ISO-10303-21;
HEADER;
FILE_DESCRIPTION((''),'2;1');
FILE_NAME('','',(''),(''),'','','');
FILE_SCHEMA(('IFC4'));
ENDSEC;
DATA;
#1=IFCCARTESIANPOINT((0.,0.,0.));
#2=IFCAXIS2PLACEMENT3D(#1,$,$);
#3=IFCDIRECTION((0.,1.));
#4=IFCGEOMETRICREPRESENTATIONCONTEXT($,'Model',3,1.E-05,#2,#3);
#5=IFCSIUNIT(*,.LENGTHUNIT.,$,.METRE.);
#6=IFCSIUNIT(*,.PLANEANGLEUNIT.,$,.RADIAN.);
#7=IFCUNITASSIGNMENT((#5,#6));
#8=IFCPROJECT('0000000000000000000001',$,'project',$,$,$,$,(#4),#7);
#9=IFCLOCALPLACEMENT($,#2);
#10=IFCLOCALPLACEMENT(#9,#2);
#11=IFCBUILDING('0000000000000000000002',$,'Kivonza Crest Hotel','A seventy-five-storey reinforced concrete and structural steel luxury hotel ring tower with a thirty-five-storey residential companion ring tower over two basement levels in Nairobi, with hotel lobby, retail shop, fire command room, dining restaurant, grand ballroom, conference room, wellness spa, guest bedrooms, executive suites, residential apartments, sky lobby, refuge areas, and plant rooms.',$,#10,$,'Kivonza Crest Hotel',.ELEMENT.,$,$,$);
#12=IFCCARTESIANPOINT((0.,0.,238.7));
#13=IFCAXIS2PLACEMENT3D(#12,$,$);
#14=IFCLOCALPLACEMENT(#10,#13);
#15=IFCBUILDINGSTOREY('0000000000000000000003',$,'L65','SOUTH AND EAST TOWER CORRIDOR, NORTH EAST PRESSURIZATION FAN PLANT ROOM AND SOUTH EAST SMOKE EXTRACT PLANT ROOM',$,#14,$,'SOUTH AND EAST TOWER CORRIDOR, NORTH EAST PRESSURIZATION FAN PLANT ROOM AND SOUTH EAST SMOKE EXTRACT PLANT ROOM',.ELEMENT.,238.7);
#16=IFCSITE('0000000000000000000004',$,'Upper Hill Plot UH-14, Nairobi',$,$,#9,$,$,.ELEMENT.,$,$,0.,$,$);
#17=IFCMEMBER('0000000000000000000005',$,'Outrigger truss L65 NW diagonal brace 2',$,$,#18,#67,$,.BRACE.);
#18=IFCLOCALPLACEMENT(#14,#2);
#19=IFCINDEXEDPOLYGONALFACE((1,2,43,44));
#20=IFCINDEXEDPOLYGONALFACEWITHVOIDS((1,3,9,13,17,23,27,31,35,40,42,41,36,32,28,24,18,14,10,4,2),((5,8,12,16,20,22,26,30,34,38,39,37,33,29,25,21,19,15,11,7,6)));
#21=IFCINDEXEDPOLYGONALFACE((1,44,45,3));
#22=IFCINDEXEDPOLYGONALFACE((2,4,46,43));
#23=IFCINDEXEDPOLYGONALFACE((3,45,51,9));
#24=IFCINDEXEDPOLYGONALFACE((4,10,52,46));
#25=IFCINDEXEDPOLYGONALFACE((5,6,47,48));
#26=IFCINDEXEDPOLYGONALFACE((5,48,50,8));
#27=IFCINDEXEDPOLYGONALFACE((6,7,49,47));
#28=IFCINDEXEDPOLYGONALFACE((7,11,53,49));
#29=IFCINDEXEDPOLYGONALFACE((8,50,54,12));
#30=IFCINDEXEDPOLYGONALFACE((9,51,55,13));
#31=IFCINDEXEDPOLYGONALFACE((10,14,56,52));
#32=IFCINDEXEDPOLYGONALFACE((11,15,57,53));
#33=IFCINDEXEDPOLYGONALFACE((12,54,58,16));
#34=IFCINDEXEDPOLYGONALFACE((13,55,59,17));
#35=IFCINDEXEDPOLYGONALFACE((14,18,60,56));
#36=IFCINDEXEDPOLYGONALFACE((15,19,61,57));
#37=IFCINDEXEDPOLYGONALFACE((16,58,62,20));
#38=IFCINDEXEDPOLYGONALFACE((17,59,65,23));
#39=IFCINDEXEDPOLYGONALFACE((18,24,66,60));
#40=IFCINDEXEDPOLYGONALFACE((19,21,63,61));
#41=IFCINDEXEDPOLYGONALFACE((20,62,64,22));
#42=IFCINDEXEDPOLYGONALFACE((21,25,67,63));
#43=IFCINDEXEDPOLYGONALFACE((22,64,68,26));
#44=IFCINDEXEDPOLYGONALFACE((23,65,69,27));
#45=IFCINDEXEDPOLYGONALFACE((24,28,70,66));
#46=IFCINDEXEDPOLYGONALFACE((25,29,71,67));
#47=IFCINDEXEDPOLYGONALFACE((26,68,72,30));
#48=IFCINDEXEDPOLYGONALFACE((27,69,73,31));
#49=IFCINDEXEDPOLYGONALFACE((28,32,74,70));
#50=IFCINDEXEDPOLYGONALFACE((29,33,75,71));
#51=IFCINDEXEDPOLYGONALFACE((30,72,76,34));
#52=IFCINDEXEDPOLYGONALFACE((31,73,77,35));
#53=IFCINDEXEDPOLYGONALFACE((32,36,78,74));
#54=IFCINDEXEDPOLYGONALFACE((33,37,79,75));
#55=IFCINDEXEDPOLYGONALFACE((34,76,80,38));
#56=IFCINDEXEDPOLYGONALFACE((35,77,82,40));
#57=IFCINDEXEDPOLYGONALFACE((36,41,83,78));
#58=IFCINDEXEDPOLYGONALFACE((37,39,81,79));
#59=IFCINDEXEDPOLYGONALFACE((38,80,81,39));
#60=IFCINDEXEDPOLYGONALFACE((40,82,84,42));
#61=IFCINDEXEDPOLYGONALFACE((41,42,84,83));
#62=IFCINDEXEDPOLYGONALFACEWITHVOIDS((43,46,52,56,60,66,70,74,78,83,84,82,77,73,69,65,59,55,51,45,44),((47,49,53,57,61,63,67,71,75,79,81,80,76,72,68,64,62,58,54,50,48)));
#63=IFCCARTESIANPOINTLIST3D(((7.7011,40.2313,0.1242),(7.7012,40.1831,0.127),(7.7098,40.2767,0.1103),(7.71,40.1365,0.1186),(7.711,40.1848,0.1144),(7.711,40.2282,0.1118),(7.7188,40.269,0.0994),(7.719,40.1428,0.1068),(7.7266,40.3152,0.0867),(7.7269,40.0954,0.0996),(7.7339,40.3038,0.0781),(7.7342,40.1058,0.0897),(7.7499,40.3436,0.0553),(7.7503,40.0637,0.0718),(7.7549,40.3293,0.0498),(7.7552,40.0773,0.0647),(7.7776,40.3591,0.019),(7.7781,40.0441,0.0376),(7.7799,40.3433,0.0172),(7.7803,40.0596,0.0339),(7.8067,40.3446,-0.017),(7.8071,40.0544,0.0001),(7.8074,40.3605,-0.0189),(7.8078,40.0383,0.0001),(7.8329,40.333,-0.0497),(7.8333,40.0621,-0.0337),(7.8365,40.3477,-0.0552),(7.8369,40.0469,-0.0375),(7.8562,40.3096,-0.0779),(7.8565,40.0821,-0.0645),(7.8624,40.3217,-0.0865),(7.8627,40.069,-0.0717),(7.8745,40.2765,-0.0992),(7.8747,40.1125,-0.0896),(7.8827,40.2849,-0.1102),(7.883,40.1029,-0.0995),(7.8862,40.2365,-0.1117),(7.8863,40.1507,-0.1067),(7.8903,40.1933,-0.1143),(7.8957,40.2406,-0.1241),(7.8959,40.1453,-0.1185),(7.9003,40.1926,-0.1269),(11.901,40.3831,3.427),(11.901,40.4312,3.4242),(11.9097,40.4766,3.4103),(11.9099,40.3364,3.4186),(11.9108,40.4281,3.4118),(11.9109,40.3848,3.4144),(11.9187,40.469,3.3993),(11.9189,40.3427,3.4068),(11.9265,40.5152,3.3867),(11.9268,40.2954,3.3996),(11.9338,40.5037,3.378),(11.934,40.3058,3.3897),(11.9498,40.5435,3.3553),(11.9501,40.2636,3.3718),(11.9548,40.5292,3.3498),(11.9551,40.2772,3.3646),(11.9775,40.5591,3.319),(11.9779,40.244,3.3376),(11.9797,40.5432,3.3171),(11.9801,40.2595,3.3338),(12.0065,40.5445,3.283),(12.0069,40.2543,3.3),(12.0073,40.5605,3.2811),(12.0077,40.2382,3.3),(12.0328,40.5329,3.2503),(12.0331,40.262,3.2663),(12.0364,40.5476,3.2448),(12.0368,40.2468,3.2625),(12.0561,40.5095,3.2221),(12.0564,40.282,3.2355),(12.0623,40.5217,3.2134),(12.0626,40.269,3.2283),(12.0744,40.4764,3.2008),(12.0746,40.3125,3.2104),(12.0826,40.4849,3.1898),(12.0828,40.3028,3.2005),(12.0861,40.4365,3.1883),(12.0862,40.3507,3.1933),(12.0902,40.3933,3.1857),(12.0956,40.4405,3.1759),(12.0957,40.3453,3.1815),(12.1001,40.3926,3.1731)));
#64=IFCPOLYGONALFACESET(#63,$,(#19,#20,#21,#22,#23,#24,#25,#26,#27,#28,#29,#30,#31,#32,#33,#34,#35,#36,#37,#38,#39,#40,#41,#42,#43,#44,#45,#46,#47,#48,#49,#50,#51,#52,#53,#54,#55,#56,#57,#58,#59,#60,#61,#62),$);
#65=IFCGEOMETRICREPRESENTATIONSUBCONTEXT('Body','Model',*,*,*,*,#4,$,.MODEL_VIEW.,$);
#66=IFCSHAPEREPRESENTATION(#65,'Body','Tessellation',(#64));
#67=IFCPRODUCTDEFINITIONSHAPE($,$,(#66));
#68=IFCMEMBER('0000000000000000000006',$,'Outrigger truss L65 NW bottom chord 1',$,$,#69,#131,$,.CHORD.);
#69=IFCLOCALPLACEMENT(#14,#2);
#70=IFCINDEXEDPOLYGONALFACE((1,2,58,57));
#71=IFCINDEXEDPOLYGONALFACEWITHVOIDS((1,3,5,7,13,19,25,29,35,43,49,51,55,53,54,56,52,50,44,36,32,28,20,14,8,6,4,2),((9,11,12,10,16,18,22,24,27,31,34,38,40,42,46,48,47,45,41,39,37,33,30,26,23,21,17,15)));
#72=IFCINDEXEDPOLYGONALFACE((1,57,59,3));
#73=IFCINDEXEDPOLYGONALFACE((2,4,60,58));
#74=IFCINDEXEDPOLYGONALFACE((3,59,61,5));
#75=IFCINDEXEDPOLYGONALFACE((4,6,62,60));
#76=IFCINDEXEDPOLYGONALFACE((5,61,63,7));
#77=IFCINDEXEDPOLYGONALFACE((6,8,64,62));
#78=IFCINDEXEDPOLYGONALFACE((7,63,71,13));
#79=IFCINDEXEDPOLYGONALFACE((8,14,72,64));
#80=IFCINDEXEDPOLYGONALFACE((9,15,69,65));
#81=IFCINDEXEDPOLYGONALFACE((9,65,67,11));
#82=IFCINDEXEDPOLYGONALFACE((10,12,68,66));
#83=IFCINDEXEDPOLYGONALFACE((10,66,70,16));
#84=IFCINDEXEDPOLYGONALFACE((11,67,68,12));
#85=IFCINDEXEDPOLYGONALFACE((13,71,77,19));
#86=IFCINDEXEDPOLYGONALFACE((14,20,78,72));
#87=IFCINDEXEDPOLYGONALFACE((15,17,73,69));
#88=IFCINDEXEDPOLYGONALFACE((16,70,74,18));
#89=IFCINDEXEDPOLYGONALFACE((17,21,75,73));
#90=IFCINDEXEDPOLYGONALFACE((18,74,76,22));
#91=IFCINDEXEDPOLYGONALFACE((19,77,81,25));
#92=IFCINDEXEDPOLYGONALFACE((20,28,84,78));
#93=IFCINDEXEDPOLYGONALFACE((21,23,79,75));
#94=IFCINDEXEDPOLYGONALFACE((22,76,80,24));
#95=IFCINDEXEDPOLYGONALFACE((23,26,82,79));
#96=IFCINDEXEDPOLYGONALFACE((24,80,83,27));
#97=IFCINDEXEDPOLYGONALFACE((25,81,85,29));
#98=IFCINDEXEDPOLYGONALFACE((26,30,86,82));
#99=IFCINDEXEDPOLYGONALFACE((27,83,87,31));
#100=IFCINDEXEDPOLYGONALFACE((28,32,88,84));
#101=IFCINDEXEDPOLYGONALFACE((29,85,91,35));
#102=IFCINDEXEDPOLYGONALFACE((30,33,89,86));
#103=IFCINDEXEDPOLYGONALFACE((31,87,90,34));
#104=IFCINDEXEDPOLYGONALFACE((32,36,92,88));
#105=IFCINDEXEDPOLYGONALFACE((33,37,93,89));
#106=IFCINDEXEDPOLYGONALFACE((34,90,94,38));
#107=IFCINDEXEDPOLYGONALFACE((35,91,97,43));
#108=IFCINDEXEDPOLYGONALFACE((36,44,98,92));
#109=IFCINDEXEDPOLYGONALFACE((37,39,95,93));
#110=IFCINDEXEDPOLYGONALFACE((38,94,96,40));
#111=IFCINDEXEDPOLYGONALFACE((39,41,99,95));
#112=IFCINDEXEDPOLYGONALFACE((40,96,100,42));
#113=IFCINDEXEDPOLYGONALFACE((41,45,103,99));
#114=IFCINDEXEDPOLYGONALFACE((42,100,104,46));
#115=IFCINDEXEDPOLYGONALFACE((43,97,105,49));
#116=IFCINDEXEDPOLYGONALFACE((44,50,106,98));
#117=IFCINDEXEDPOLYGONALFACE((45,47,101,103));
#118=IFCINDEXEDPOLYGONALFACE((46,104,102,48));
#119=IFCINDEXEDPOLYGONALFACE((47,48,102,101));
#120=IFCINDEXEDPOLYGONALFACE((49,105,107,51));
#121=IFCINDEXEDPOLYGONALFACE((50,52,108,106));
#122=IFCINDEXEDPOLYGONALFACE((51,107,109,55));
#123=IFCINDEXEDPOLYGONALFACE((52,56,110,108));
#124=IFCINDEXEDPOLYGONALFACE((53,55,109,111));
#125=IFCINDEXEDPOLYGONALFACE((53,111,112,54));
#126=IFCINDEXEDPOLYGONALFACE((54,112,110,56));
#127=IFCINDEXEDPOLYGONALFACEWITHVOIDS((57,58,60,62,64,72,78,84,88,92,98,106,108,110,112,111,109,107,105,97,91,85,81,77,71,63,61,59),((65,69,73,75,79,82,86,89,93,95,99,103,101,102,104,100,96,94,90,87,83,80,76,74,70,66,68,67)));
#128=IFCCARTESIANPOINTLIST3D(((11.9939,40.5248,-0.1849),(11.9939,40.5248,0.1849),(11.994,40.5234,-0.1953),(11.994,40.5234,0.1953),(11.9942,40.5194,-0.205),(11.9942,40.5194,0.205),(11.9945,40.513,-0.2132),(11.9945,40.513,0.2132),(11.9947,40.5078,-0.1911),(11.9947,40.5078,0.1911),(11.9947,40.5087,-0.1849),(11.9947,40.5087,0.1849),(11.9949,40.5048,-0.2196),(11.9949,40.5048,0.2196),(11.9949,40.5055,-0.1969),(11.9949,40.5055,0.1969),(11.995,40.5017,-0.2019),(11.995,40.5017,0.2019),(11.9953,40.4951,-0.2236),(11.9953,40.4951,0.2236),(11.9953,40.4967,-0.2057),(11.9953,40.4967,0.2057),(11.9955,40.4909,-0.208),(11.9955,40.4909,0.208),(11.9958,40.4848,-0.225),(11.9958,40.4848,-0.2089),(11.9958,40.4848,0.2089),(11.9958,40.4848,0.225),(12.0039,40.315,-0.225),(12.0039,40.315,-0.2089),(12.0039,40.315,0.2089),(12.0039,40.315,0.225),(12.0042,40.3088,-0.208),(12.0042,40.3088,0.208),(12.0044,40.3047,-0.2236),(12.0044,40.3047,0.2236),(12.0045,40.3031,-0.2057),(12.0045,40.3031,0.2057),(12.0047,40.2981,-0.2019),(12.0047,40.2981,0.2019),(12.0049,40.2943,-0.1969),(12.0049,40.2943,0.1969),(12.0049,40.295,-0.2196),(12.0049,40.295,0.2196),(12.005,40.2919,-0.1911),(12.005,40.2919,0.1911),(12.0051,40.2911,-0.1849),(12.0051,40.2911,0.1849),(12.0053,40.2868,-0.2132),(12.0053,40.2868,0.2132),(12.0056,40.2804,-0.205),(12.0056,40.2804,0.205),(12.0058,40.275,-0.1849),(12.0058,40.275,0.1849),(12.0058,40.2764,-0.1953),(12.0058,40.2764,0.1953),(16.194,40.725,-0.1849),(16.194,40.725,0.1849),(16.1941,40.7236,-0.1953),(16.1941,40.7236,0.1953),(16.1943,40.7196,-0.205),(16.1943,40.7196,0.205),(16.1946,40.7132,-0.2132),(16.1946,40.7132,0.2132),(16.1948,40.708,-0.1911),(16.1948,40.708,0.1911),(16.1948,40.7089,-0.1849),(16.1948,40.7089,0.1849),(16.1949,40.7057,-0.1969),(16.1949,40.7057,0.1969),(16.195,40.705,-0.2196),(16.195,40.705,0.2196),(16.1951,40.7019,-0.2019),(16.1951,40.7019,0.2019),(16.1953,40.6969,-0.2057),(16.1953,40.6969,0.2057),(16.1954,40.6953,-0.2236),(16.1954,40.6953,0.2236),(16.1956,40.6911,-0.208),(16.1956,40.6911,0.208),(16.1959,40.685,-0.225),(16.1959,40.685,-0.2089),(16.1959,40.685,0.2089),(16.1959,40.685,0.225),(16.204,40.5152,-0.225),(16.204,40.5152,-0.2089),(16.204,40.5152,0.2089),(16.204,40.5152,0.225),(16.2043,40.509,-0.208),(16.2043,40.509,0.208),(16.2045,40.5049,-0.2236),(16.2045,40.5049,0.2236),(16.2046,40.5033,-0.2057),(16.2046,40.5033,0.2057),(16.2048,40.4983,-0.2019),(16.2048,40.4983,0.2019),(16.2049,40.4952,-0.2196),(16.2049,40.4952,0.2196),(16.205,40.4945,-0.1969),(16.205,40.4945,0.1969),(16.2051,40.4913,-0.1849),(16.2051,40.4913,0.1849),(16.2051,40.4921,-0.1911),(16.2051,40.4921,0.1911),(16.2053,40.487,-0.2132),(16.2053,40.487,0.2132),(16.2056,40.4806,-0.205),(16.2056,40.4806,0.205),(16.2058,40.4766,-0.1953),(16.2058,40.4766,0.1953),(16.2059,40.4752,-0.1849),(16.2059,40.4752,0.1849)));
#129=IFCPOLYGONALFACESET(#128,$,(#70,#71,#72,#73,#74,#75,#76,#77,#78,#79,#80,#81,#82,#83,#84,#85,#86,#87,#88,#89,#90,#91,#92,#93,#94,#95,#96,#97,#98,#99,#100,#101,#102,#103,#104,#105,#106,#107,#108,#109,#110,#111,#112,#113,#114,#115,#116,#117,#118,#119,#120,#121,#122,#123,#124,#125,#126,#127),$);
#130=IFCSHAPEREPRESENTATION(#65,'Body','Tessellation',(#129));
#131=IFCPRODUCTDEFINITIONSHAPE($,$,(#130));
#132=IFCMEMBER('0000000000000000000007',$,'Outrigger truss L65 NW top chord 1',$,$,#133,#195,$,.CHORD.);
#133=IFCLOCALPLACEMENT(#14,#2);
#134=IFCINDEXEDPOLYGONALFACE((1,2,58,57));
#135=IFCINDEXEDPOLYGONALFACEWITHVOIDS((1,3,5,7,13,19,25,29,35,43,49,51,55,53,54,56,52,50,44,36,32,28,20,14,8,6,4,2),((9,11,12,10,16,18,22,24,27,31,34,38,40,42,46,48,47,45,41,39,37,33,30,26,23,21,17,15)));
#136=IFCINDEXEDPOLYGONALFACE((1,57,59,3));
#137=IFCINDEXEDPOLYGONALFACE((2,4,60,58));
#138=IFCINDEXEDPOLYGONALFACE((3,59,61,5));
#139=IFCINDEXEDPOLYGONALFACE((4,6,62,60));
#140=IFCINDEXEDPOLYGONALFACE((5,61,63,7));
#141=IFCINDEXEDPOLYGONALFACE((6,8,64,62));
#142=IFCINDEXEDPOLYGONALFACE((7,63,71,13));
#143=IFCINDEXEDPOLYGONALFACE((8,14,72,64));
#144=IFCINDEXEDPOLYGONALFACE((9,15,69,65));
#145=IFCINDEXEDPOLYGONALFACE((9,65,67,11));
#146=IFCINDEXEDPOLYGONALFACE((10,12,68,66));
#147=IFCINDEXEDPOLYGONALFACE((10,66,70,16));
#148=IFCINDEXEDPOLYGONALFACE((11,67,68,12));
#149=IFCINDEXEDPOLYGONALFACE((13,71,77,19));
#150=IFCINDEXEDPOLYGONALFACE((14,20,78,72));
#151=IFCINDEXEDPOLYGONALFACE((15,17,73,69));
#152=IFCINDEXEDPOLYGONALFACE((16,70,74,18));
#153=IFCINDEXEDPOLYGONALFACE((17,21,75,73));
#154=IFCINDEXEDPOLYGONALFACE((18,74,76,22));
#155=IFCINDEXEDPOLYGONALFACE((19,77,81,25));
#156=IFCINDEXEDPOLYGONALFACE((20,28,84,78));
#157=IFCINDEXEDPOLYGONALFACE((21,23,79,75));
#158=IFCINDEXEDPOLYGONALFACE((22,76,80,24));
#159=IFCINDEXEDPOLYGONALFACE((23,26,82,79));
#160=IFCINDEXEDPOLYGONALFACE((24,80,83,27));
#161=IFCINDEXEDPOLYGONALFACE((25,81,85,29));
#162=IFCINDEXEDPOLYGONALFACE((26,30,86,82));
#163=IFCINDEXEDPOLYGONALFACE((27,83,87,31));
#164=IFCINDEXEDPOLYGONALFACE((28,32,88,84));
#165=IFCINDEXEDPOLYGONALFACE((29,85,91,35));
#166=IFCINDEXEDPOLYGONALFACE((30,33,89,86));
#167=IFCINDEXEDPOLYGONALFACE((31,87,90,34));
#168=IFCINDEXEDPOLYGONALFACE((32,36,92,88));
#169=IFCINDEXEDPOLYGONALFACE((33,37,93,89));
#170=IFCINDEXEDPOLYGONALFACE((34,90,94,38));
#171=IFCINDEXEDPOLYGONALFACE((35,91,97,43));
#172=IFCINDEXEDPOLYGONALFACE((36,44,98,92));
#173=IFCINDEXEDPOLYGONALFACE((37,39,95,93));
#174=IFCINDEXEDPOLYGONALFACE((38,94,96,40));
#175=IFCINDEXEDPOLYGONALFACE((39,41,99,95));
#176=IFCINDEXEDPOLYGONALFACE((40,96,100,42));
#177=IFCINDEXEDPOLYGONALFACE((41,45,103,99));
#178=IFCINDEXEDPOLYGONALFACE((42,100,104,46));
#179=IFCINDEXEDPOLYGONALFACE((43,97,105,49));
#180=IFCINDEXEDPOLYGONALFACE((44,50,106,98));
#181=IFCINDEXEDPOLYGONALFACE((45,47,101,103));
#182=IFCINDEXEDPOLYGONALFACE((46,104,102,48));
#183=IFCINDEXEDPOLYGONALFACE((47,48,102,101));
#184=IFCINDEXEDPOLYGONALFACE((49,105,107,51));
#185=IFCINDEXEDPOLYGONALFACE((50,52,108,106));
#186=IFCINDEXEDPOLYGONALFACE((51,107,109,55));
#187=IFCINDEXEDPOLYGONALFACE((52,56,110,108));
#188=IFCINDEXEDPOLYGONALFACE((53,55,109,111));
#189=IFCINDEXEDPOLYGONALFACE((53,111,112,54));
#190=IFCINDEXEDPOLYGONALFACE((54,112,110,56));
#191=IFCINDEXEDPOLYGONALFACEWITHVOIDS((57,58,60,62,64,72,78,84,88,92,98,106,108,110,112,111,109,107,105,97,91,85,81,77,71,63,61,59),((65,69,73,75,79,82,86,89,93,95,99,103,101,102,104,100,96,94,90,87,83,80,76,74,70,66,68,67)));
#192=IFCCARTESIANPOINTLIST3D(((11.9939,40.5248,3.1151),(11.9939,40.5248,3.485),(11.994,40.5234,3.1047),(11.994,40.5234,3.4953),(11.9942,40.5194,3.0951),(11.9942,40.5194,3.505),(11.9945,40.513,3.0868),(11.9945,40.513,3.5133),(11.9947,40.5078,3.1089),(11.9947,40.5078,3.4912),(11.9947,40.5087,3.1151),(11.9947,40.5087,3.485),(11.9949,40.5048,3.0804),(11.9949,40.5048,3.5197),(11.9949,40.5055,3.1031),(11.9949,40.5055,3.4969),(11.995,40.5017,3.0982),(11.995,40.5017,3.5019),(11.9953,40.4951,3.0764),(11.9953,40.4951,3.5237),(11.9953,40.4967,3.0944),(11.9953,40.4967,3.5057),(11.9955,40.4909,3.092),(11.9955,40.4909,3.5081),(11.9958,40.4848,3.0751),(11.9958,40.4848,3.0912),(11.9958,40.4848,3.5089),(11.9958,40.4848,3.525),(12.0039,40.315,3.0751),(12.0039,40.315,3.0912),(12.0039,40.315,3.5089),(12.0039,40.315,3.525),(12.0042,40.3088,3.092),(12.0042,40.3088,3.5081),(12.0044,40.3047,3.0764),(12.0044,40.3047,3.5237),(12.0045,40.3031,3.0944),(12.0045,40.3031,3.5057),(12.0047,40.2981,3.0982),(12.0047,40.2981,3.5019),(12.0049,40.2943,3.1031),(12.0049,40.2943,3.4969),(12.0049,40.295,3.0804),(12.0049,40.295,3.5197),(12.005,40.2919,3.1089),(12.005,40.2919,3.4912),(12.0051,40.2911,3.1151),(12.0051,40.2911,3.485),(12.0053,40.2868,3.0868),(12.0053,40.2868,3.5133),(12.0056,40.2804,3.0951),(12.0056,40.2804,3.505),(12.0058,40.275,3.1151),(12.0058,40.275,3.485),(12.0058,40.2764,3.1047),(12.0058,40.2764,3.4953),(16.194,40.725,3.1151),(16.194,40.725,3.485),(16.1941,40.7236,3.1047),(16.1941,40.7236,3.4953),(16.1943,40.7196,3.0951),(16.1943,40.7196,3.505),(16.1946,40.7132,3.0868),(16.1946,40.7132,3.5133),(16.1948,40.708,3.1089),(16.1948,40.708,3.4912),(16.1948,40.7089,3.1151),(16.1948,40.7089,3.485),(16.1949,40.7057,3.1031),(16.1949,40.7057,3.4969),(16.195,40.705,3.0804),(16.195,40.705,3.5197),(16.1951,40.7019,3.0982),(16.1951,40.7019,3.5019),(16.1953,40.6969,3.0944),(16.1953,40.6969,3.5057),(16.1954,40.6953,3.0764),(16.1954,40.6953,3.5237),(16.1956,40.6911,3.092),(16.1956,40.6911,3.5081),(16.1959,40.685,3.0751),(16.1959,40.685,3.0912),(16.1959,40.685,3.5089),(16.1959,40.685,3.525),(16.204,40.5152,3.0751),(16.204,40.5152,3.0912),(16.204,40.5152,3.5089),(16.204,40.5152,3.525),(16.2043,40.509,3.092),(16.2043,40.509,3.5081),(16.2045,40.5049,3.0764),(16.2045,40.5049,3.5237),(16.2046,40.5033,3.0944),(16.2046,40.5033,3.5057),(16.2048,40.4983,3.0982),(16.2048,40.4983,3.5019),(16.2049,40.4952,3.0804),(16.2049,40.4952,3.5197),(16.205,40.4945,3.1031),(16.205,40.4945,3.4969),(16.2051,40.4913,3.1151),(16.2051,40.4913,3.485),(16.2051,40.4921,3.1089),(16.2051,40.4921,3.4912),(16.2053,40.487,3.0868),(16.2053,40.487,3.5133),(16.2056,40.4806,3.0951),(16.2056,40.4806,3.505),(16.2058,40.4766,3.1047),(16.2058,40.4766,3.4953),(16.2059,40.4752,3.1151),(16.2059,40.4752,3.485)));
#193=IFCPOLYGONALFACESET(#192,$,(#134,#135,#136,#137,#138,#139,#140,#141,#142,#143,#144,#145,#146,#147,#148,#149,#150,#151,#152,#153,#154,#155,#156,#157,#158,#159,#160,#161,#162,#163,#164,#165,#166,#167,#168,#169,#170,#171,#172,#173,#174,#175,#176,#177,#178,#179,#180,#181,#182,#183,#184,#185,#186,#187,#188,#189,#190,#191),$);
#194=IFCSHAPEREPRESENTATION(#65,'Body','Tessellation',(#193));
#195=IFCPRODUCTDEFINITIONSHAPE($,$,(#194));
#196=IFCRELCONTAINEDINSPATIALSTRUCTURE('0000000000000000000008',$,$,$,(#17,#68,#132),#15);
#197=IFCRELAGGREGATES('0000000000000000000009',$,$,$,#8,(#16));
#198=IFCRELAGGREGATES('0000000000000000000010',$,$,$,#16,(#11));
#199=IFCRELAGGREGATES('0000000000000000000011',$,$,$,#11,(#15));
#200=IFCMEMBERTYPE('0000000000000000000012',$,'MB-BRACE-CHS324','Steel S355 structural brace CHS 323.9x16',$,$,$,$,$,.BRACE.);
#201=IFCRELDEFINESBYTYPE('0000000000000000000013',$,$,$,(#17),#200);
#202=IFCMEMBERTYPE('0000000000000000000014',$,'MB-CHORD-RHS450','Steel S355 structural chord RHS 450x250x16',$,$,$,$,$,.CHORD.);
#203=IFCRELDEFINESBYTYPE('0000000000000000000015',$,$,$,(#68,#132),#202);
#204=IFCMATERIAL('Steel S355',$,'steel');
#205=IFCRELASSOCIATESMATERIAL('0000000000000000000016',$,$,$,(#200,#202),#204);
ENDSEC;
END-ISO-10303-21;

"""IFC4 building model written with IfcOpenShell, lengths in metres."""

from ifc_helpers import new_model, si_unit, direction, frame, origin, origin_2d, place, context, subcontext, project, spatial, hollow_rectangle, hollow_circle, extrude, material, material_profile, profile_set, type_object, element, save


model = new_model("IFC4")

# Units and contexts
model_context = context("Model", 3, precision=1e-05, world=origin(), true_north=direction((0.0, 1.0)))
body_context = subcontext(model_context, "Body", "Model", "MODEL_VIEW")
ifc_project = project(units=[si_unit("LENGTHUNIT", "METRE"), si_unit("PLANEANGLEUNIT", "RADIAN")], contexts=[model_context])

# Site, building, storey
site_placement = place(None, origin())
site = spatial("IfcSite", under=ifc_project, at=site_placement, Name="Upper Hill Plot UH-14, Nairobi", CompositionType="ELEMENT", RefElevation=0.0)
building_placement = place(site_placement, origin())
building = spatial("IfcBuilding", under=site, at=building_placement, Name="Kivonza Crest Hotel", Description="A seventy-five-storey reinforced concrete and structural steel luxury hotel ring tower with a thirty-five-storey residential companion ring tower over two basement levels in Nairobi, with hotel lobby, retail shop, fire command room, dining restaurant, grand ballroom, conference room, wellness spa, guest bedrooms, executive suites, residential apartments, sky lobby, refuge areas, and plant rooms.", LongName="Kivonza Crest Hotel", CompositionType="ELEMENT")
storey_placement = place(building_placement, frame((0.0, 0.0, 238.7)))
storey = spatial("IfcBuildingStorey", under=building, at=storey_placement, Name="L65", Description="SOUTH AND EAST TOWER CORRIDOR, NORTH EAST PRESSURIZATION FAN PLANT ROOM AND SOUTH EAST SMOKE EXTRACT PLANT ROOM", LongName="SOUTH AND EAST TOWER CORRIDOR, NORTH EAST PRESSURIZATION FAN PLANT ROOM AND SOUTH EAST SMOKE EXTRACT PLANT ROOM", CompositionType="ELEMENT", Elevation=238.7)

# Shared definitions
ifc_material_1 = material(Name="Steel S355", Category="steel")

# Members
ifc_material_profile_1 = material_profile(ifc_material_1, hollow_circle(Radius=0.1619, WallThickness=0.0161, at=origin_2d()), Name="CHS 323.9x16")
ifc_profile_set_1 = profile_set([ifc_material_profile_1], Name="Steel S355")
member_type_1 = type_object("IfcMemberType", Name="MB-BRACE-CHS324", Description="Steel S355 structural brace CHS 323.9x16", PredefinedType="BRACE", material=ifc_profile_set_1)
for number, where, z_axis, x_axis, name in (
    (1, (12.0, 40.3999, 3.3), (-0.78576, -0.037408, -0.617399), (0.047554, -0.998869, 0.0), "Outrigger truss L65 NW diagonal brace 2"),
):
    element("IfcMember", number, at=place(storey_placement, frame(where, z_axis=z_axis, x_axis=x_axis)), inside=storey, type_object=member_type_1, Name=name, PredefinedType="BRACE", context=body_context, shape_type="SweptSolid", body=[
        extrude(hollow_circle(Radius=0.1619, WallThickness=0.0161, at=origin_2d()), origin(), (0.0, 0.0, 1.0), 5.345),
    ])
ifc_material_profile_2 = material_profile(ifc_material_1, hollow_rectangle(XDim=0.25, YDim=0.45, WallThickness=0.0161, InnerFilletRadius=0.0239, OuterFilletRadius=0.04, at=origin_2d()), Name="RHS 450x250x16")
ifc_profile_set_2 = profile_set([ifc_material_profile_2], Name="Steel S355")
member_type_2 = type_object("IfcMemberType", Name="MB-CHORD-RHS450", Description="Steel S355 structural chord RHS 450x250x16", PredefinedType="CHORD", material=ifc_profile_set_2)
for number, where, z_axis, x_axis, name in (
    (2, (16.2, 40.6001, 0.0), (-0.998866, -0.047612, 0.0), (0.047612, -0.998866, 0.0), "Outrigger truss L65 NW bottom chord 1"),
    (3, (16.2, 40.6001, 3.3), (-0.998866, -0.047612, 0.0), (0.047612, -0.998866, 0.0), "Outrigger truss L65 NW top chord 1"),
):
    element("IfcMember", number, at=place(storey_placement, frame(where, z_axis=z_axis, x_axis=x_axis)), inside=storey, type_object=member_type_2, Name=name, PredefinedType="CHORD", context=body_context, shape_type="SweptSolid", body=[
        extrude(hollow_rectangle(XDim=0.25, YDim=0.45, WallThickness=0.0161, InnerFilletRadius=0.0239, OuterFilletRadius=0.04, at=origin_2d()), origin(), (0.0, 0.0, 1.0), 4.2048),
    ])

save(model, "model.ifc")
